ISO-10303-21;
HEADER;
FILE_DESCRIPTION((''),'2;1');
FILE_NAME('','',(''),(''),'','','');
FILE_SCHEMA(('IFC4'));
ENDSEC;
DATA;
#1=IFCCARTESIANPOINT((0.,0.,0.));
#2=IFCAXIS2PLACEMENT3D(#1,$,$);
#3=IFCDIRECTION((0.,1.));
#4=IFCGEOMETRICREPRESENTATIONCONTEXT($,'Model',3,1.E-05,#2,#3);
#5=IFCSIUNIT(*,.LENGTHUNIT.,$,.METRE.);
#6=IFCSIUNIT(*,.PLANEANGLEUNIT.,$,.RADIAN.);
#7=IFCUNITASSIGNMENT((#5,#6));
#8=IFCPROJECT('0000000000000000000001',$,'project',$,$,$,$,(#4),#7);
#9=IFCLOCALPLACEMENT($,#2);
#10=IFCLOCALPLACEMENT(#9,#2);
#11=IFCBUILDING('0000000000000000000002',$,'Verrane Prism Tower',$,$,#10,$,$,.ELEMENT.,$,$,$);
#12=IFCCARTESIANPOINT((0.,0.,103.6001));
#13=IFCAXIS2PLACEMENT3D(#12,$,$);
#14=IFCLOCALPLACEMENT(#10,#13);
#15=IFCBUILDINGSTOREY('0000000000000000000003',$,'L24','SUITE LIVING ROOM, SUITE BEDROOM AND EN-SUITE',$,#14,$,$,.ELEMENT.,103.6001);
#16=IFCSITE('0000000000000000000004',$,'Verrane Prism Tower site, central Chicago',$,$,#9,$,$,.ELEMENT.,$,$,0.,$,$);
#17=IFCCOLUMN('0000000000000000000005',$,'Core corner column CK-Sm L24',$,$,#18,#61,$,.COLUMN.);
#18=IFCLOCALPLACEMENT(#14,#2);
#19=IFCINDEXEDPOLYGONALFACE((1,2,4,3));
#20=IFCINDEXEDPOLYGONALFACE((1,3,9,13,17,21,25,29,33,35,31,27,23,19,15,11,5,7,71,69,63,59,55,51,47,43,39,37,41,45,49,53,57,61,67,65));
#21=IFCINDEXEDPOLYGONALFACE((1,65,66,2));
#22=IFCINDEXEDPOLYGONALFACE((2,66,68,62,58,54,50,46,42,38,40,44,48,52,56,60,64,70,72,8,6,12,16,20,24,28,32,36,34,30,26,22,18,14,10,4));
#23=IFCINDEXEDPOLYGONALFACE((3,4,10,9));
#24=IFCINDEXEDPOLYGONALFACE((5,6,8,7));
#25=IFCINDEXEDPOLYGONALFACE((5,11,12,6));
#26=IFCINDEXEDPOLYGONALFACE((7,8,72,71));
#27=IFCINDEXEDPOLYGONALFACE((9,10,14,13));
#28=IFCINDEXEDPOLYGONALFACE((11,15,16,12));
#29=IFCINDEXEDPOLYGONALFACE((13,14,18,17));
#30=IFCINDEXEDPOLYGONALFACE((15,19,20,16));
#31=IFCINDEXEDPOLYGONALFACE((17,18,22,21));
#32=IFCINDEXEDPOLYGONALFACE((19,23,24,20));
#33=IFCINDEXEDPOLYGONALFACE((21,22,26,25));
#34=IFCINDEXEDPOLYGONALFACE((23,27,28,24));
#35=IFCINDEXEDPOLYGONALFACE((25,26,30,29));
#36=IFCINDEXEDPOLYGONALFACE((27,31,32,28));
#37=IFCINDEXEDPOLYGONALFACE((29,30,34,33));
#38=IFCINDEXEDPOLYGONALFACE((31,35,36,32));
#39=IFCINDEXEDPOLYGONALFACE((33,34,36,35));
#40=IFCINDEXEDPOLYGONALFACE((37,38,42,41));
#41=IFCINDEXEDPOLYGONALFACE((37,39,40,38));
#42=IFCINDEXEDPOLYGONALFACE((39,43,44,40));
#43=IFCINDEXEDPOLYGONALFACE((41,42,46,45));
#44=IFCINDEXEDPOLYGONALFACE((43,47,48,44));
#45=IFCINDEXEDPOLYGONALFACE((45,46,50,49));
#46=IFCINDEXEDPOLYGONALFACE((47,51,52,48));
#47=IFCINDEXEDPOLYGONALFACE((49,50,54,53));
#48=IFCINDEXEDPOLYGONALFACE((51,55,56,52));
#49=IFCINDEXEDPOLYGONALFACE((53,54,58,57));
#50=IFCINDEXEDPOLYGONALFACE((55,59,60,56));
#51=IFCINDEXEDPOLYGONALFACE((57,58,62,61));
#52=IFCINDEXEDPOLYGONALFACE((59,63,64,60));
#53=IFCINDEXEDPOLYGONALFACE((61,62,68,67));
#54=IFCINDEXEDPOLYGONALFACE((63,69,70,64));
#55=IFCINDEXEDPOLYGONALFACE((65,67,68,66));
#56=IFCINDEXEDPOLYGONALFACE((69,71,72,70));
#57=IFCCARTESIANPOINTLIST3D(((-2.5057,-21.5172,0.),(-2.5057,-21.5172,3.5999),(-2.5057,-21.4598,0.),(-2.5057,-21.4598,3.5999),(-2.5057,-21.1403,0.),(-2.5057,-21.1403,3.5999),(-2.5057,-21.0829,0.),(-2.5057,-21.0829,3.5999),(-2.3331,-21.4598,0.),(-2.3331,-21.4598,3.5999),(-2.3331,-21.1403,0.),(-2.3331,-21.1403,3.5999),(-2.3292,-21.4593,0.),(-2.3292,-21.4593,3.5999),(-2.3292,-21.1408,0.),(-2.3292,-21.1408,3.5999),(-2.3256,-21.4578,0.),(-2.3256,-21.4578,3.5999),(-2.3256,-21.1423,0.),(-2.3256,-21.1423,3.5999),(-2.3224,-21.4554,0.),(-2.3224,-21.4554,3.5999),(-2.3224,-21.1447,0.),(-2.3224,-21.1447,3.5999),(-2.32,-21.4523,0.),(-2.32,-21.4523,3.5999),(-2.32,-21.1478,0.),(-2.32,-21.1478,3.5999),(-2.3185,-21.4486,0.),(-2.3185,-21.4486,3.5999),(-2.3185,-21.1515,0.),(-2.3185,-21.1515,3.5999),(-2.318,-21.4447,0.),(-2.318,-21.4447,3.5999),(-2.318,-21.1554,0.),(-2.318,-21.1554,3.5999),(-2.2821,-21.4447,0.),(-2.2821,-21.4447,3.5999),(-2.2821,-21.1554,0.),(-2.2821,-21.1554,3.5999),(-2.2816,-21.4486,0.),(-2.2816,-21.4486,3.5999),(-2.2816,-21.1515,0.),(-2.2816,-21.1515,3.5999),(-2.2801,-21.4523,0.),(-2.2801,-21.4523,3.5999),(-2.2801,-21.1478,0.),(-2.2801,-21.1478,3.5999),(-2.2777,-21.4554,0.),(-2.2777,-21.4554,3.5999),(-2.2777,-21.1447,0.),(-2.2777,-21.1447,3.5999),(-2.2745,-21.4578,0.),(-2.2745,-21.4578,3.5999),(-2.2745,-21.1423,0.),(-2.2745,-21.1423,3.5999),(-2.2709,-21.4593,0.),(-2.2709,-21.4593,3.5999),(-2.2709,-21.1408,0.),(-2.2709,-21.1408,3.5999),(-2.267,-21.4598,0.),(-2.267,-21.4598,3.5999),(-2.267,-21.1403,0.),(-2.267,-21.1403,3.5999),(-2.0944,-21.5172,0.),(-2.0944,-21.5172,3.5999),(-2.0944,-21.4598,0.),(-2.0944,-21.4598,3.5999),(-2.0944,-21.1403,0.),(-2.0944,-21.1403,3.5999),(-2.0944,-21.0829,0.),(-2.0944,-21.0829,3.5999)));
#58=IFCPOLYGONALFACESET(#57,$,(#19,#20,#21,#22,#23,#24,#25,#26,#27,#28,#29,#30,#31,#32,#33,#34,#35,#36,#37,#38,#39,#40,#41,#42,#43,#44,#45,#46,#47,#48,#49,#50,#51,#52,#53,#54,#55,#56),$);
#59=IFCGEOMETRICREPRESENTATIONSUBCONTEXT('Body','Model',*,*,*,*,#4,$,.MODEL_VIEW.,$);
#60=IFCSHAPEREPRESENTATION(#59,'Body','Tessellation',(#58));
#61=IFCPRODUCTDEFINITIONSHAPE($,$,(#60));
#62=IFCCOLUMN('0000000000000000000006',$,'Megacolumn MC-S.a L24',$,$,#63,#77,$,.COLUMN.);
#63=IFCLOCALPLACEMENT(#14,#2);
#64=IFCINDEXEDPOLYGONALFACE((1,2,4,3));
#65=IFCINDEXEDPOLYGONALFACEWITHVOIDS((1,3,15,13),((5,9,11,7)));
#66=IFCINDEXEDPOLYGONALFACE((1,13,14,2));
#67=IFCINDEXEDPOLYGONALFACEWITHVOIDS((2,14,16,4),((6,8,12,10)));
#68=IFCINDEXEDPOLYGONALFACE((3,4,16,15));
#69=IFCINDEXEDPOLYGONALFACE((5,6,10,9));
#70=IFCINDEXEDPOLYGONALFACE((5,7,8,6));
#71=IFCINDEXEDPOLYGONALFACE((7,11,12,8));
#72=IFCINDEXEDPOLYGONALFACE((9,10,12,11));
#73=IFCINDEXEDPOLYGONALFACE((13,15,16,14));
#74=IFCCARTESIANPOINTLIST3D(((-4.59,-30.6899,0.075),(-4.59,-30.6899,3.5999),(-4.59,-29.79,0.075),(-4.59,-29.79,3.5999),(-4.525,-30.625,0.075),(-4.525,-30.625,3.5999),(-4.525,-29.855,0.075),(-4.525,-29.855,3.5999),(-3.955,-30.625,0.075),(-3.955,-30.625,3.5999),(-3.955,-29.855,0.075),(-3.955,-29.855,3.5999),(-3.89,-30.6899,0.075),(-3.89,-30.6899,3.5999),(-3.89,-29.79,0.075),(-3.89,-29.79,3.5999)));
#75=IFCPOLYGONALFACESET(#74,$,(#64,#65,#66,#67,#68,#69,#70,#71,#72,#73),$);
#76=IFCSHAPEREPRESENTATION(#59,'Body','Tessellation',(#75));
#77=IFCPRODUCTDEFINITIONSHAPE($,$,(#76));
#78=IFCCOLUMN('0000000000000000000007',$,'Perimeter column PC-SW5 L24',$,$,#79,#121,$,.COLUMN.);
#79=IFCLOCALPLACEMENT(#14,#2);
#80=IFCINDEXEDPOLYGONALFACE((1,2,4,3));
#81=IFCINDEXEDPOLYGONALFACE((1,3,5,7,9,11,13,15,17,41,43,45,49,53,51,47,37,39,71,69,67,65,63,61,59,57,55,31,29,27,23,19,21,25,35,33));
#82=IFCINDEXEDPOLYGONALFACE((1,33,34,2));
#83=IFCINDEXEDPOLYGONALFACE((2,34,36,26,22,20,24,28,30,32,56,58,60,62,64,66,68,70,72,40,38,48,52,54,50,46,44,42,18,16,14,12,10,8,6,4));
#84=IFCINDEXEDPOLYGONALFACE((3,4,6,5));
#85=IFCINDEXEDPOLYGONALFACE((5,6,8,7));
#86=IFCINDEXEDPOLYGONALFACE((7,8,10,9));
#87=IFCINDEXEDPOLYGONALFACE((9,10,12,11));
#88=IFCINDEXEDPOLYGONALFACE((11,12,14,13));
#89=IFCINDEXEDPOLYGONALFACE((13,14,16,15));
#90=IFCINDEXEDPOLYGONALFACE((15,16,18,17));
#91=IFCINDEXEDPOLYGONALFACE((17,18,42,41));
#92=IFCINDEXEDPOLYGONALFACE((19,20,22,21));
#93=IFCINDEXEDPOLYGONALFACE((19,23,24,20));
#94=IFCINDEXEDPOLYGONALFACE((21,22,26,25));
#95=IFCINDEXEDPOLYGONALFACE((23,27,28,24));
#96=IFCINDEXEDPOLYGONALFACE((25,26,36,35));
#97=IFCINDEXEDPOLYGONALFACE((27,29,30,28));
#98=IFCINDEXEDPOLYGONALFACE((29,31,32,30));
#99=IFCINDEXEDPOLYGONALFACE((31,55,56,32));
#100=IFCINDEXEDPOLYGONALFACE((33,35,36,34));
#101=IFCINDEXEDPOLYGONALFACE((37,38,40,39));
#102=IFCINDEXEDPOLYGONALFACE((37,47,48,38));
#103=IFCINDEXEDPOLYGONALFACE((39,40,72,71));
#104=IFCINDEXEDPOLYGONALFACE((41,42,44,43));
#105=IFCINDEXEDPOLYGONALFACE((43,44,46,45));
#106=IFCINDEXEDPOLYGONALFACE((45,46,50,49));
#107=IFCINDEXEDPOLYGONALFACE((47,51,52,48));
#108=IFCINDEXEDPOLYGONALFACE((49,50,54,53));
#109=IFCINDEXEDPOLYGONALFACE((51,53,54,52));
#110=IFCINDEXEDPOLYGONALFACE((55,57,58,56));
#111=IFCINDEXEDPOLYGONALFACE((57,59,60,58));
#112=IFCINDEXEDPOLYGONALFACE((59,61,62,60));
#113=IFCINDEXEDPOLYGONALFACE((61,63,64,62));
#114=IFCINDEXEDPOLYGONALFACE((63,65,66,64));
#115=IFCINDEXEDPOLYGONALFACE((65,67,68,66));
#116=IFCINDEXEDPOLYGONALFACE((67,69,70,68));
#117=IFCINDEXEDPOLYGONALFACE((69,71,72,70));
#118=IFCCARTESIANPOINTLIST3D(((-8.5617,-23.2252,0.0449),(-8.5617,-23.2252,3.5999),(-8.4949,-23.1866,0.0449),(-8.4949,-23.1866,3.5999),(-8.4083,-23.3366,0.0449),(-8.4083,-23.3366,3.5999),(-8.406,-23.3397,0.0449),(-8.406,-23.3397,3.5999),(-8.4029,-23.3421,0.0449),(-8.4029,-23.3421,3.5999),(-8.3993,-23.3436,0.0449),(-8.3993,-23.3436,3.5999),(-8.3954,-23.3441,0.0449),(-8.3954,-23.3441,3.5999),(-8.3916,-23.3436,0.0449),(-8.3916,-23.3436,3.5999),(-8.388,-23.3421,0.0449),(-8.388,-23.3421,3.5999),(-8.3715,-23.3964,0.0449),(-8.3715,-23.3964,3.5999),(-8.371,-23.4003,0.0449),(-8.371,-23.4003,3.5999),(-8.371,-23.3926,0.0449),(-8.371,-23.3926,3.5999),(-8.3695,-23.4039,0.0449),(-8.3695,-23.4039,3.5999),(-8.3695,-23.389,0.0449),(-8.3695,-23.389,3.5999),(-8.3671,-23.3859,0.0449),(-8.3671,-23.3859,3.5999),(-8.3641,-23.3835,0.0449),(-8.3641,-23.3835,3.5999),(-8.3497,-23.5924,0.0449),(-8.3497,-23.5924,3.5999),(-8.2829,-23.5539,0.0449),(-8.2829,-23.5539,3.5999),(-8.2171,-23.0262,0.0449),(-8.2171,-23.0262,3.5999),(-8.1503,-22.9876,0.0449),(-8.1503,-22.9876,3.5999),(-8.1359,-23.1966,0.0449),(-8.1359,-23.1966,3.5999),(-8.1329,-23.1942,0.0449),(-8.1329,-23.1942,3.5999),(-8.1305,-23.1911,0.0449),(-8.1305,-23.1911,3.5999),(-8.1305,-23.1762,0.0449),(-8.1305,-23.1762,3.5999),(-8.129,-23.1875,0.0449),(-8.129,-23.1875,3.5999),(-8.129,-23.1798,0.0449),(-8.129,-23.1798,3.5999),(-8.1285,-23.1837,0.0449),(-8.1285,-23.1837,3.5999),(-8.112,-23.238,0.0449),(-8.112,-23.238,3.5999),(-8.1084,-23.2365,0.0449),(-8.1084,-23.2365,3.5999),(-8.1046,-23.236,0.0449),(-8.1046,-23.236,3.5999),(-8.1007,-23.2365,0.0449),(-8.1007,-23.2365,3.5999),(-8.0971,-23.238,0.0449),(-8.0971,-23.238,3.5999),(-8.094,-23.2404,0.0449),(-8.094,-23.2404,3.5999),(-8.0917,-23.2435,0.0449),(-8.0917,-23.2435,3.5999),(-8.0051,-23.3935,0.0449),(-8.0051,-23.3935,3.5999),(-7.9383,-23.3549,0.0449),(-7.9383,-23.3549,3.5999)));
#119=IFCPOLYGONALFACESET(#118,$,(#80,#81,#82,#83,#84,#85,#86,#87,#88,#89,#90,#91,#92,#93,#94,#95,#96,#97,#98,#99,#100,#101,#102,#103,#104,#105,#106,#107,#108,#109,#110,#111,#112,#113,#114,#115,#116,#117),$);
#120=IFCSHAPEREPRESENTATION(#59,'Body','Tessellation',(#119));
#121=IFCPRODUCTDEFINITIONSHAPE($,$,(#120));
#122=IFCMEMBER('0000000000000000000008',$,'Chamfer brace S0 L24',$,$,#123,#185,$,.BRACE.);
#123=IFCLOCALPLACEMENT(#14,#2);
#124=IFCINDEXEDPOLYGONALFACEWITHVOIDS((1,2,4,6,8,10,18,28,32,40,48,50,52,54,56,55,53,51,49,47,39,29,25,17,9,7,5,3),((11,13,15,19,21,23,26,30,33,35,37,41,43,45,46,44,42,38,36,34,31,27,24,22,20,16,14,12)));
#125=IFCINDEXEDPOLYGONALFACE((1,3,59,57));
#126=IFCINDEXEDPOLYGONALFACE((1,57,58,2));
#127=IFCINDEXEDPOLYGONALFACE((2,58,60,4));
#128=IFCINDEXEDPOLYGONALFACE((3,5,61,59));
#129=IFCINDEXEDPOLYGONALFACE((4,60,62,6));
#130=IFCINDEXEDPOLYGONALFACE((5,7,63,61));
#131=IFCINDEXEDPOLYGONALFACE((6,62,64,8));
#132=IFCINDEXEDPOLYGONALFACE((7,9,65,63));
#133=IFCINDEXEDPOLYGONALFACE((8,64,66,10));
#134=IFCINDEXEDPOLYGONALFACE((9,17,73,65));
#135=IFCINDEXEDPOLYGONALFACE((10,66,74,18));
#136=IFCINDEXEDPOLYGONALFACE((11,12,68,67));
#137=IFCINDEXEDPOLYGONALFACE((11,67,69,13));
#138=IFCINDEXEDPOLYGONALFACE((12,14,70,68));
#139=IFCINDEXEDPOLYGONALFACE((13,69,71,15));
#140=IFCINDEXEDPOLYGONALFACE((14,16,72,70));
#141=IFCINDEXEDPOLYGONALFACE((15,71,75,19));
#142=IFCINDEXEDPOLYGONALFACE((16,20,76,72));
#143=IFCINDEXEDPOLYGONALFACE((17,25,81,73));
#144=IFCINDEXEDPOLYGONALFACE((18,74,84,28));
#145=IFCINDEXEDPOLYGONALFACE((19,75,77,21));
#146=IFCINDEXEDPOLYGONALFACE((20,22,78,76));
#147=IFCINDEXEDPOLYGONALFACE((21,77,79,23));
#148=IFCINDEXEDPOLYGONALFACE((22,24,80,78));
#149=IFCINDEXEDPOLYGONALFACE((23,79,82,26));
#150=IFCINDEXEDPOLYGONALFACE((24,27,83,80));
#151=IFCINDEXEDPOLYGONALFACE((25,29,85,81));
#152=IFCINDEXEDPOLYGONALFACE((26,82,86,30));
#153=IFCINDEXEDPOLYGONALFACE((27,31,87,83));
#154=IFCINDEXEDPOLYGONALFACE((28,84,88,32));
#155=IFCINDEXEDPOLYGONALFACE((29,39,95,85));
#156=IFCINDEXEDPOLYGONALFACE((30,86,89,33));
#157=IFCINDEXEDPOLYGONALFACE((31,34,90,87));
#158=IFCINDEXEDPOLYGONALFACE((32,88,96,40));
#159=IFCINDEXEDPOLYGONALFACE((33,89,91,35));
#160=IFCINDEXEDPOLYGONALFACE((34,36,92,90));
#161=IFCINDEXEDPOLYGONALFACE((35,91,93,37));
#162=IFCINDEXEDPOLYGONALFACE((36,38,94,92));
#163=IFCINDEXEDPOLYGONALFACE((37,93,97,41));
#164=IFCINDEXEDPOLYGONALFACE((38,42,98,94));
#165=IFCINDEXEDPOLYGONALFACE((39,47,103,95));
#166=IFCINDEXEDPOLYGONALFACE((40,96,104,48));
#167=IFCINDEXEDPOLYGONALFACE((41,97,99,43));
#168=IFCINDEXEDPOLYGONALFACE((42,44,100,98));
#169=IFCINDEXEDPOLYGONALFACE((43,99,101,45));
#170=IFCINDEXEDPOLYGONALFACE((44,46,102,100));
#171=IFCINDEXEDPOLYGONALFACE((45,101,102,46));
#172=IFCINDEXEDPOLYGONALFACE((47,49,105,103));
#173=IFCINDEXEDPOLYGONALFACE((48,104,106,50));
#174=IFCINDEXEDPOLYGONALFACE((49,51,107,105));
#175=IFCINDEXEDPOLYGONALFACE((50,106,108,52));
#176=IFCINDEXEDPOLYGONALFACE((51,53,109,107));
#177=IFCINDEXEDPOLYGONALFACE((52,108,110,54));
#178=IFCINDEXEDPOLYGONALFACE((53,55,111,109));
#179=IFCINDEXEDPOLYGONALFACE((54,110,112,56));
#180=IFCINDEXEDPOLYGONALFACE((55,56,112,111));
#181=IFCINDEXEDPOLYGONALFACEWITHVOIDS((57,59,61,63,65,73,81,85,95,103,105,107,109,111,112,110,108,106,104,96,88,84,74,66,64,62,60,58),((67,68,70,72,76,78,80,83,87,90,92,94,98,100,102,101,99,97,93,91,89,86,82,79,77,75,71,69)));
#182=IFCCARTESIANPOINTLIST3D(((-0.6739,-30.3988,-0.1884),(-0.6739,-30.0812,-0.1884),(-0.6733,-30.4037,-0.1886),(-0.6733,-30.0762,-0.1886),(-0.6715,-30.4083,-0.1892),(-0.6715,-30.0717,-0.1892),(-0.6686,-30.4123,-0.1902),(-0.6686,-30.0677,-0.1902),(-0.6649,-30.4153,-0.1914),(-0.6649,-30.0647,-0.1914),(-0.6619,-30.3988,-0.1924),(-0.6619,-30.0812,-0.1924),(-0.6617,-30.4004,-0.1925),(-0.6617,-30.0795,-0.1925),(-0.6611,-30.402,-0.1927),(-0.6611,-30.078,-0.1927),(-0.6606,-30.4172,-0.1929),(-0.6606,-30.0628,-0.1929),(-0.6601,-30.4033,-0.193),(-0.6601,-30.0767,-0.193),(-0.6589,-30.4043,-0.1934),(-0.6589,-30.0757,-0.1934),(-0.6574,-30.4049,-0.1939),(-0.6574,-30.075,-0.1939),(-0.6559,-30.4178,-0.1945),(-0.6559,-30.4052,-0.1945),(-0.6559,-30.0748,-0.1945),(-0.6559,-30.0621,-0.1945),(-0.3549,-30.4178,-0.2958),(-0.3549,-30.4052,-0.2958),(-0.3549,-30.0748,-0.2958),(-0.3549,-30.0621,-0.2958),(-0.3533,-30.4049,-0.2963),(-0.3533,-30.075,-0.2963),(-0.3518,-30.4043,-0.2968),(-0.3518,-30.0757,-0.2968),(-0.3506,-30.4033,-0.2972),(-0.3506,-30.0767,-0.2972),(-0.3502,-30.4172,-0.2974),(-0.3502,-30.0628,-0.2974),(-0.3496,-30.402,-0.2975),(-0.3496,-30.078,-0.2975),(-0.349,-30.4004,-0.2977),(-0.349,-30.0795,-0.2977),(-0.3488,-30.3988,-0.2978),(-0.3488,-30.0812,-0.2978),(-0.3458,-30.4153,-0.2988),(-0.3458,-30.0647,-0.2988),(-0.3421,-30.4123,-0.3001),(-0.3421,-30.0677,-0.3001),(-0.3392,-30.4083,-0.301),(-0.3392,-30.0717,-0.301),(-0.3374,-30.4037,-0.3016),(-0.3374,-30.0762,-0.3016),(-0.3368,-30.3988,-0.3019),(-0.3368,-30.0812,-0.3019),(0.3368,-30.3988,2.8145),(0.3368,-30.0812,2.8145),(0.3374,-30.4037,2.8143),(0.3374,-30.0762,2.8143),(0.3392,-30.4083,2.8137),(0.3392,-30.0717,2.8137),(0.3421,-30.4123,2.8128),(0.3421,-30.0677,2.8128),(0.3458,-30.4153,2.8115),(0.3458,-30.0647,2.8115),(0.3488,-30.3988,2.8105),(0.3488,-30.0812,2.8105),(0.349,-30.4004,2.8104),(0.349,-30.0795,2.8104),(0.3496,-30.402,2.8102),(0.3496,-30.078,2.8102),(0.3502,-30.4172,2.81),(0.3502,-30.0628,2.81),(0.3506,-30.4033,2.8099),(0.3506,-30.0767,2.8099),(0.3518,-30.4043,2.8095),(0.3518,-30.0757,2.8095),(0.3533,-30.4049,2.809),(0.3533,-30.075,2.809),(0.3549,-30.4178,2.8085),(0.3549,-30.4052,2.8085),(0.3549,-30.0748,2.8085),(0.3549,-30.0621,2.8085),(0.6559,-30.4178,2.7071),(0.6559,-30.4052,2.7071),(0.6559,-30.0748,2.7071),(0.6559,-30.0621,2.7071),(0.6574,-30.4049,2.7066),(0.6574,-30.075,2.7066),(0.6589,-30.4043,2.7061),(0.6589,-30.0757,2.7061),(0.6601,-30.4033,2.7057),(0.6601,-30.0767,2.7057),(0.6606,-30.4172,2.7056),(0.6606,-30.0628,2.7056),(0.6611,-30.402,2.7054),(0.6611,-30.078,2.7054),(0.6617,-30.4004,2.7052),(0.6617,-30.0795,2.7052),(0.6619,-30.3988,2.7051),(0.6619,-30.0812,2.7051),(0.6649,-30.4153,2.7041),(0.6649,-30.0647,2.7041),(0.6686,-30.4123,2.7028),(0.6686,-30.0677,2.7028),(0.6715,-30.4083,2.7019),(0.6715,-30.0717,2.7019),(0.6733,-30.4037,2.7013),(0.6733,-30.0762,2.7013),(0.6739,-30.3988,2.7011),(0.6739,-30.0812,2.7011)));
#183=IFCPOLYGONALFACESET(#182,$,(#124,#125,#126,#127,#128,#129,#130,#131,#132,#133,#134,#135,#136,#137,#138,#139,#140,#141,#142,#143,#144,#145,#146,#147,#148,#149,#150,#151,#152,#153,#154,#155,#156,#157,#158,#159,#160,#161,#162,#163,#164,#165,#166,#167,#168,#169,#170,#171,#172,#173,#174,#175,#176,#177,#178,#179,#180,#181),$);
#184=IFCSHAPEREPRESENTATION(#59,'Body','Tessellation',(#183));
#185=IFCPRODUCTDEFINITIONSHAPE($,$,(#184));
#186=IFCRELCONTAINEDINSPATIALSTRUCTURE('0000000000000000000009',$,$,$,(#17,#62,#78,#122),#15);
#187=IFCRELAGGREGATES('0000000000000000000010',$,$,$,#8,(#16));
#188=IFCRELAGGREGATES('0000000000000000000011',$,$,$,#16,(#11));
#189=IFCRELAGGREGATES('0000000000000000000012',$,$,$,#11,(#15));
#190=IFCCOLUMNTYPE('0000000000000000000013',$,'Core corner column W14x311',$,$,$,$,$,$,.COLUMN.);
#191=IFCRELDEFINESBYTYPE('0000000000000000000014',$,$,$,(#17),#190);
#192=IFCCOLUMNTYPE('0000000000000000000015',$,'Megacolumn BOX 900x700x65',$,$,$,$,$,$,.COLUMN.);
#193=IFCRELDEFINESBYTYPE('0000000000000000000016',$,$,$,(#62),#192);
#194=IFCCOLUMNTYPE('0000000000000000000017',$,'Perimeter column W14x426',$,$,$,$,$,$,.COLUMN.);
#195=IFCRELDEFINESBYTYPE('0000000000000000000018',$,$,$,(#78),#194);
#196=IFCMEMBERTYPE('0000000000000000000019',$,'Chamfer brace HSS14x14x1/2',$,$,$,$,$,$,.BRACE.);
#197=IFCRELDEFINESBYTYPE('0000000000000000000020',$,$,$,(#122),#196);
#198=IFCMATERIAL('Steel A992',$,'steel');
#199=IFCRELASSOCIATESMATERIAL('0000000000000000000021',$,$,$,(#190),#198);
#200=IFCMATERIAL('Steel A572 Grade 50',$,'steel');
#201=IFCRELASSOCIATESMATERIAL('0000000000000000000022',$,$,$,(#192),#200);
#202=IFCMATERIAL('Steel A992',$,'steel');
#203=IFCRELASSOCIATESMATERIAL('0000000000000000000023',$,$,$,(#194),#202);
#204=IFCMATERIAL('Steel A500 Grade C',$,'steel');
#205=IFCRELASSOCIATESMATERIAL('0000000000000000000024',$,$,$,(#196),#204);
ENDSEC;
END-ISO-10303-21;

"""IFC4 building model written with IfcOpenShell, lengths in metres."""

from ifc_helpers import new_model, si_unit, direction, frame, origin, origin_2d, place, context, subcontext, project, spatial, hollow_rectangle, i_section, extrude, material, material_profile, profile_set, type_object, element, save


model = new_model("IFC4")

# Units and contexts
model_context = context("Model", 3, precision=1e-05, world=origin(), true_north=direction((0.0, 1.0)))
body_context = subcontext(model_context, "Body", "Model", "MODEL_VIEW")
ifc_project = project(units=[si_unit("LENGTHUNIT", "METRE"), si_unit("PLANEANGLEUNIT", "RADIAN")], contexts=[model_context])

# Site, building, storey
site_placement = place(None, origin())
site = spatial("IfcSite", under=ifc_project, at=site_placement, Name="Verrane Prism Tower site, central Chicago", CompositionType="ELEMENT", RefElevation=0.0)
building_placement = place(site_placement, origin())
building = spatial("IfcBuilding", under=site, at=building_placement, Name="Verrane Prism Tower", CompositionType="ELEMENT")
storey_placement = place(building_placement, frame((0.0, 0.0, 103.6001)))
storey = spatial("IfcBuildingStorey", under=building, at=storey_placement, Name="L24", Description="SUITE LIVING ROOM, SUITE BEDROOM AND EN-SUITE", CompositionType="ELEMENT", Elevation=103.6001)

# Columns
ifc_material_1 = material(Name="Steel A992", Category="steel")
ifc_material_profile_1 = material_profile(ifc_material_1, i_section(OverallWidth=0.4114, OverallDepth=0.4343, WebThickness=0.0359, FlangeThickness=0.0574, FilletRadius=0.0151, at=origin_2d()), Name="W14x311")
ifc_profile_set_1 = profile_set([ifc_material_profile_1], Name="Steel A992")
column_type_1 = type_object("IfcColumnType", Name="Core corner column W14x311", PredefinedType="COLUMN", material=ifc_profile_set_1)
column_1_placement = place(storey_placement, frame((-2.3, -21.3, 0.0), z_axis=(0.0, 0.0, 1.0), x_axis=(-1.0, 0.0, 0.0)))
element("IfcColumn", 1, at=column_1_placement, inside=storey, type_object=column_type_1, Name="Core corner column CK-Sm L24", PredefinedType="COLUMN", context=body_context, shape_type="SweptSolid", body=[
    extrude(i_section(OverallWidth=0.4114, OverallDepth=0.4343, WebThickness=0.0359, FlangeThickness=0.0574, FilletRadius=0.0151, at=origin_2d()), origin(), (0.0, 0.0, 1.0), 3.5999),
])
ifc_material_2 = material(Name="Steel A572 Grade 50", Category="steel")
ifc_material_profile_2 = material_profile(ifc_material_2, hollow_rectangle(XDim=0.7, YDim=0.8999, WallThickness=0.0649, at=origin_2d()), Name="BOX 900x700x65")
ifc_profile_set_2 = profile_set([ifc_material_profile_2], Name="Steel A572 Grade 50")
column_type_2 = type_object("IfcColumnType", Name="Megacolumn BOX 900x700x65", PredefinedType="COLUMN", material=ifc_profile_set_2)
column_2_placement = place(storey_placement, frame((-4.24, -30.24, 0.075), z_axis=(0.0, 0.0, 1.0), x_axis=(-1.0, 0.0, 0.0)))
element("IfcColumn", 2, at=column_2_placement, inside=storey, type_object=column_type_2, Name="Megacolumn MC-S.a L24", PredefinedType="COLUMN", context=body_context, shape_type="SweptSolid", body=[
    extrude(hollow_rectangle(XDim=0.7, YDim=0.8999, WallThickness=0.0649, at=origin_2d()), origin(), (0.0, 0.0, 1.0), 3.5249),
])
ifc_material_3 = material(Name="Steel A992", Category="steel")
ifc_material_profile_3 = material_profile(ifc_material_3, i_section(OverallWidth=0.4241, OverallDepth=0.4751, WebThickness=0.0479, FlangeThickness=0.0771, FilletRadius=0.0149, at=origin_2d()), Name="W14x426")
ifc_profile_set_3 = profile_set([ifc_material_profile_3], Name="Steel A992")
column_type_3 = type_object("IfcColumnType", Name="Perimeter column W14x426", PredefinedType="COLUMN", material=ifc_profile_set_3)
column_3_placement = place(storey_placement, frame((-8.25, -23.29, 0.0449), z_axis=(0.0, 0.0, 1.0), x_axis=(-0.5, 0.866025, 0.0)))
element("IfcColumn", 3, at=column_3_placement, inside=storey, type_object=column_type_3, Name="Perimeter column PC-SW5 L24", PredefinedType="COLUMN", context=body_context, shape_type="SweptSolid", body=[
    extrude(i_section(OverallWidth=0.4241, OverallDepth=0.4751, WebThickness=0.0479, FlangeThickness=0.0771, FilletRadius=0.0149, at=origin_2d()), origin(), (0.0, 0.0, 1.0), 3.5549),
])

# Member
ifc_material_4 = material(Name="Steel A500 Grade C", Category="steel")
ifc_material_profile_4 = material_profile(ifc_material_4, hollow_rectangle(XDim=0.3557, YDim=0.3557, WallThickness=0.0127, InnerFilletRadius=0.0063, OuterFilletRadius=0.019, at=origin_2d()), Name="HSS14x14x1/2")
ifc_profile_set_4 = profile_set([ifc_material_profile_4], Name="Steel A500 Grade C")
member_type_1 = type_object("IfcMemberType", Name="Chamfer brace HSS14x14x1/2", PredefinedType="BRACE", material=ifc_profile_set_4)
member_1_placement = place(storey_placement, frame((-0.5054, -30.24, -0.2451), z_axis=(0.319, 0.0, 0.947755), x_axis=(0.0, 1.0, 0.0)))
element("IfcMember", 4, at=member_1_placement, inside=storey, type_object=member_type_1, Name="Chamfer brace S0 L24", PredefinedType="BRACE", context=body_context, shape_type="SweptSolid", body=[
    extrude(hollow_rectangle(XDim=0.3557, YDim=0.3557, WallThickness=0.0127, InnerFilletRadius=0.0063, OuterFilletRadius=0.019, at=origin_2d()), origin(), (0.0, 0.0, 1.0), 3.1685),
])

save(model, "model.ifc")
